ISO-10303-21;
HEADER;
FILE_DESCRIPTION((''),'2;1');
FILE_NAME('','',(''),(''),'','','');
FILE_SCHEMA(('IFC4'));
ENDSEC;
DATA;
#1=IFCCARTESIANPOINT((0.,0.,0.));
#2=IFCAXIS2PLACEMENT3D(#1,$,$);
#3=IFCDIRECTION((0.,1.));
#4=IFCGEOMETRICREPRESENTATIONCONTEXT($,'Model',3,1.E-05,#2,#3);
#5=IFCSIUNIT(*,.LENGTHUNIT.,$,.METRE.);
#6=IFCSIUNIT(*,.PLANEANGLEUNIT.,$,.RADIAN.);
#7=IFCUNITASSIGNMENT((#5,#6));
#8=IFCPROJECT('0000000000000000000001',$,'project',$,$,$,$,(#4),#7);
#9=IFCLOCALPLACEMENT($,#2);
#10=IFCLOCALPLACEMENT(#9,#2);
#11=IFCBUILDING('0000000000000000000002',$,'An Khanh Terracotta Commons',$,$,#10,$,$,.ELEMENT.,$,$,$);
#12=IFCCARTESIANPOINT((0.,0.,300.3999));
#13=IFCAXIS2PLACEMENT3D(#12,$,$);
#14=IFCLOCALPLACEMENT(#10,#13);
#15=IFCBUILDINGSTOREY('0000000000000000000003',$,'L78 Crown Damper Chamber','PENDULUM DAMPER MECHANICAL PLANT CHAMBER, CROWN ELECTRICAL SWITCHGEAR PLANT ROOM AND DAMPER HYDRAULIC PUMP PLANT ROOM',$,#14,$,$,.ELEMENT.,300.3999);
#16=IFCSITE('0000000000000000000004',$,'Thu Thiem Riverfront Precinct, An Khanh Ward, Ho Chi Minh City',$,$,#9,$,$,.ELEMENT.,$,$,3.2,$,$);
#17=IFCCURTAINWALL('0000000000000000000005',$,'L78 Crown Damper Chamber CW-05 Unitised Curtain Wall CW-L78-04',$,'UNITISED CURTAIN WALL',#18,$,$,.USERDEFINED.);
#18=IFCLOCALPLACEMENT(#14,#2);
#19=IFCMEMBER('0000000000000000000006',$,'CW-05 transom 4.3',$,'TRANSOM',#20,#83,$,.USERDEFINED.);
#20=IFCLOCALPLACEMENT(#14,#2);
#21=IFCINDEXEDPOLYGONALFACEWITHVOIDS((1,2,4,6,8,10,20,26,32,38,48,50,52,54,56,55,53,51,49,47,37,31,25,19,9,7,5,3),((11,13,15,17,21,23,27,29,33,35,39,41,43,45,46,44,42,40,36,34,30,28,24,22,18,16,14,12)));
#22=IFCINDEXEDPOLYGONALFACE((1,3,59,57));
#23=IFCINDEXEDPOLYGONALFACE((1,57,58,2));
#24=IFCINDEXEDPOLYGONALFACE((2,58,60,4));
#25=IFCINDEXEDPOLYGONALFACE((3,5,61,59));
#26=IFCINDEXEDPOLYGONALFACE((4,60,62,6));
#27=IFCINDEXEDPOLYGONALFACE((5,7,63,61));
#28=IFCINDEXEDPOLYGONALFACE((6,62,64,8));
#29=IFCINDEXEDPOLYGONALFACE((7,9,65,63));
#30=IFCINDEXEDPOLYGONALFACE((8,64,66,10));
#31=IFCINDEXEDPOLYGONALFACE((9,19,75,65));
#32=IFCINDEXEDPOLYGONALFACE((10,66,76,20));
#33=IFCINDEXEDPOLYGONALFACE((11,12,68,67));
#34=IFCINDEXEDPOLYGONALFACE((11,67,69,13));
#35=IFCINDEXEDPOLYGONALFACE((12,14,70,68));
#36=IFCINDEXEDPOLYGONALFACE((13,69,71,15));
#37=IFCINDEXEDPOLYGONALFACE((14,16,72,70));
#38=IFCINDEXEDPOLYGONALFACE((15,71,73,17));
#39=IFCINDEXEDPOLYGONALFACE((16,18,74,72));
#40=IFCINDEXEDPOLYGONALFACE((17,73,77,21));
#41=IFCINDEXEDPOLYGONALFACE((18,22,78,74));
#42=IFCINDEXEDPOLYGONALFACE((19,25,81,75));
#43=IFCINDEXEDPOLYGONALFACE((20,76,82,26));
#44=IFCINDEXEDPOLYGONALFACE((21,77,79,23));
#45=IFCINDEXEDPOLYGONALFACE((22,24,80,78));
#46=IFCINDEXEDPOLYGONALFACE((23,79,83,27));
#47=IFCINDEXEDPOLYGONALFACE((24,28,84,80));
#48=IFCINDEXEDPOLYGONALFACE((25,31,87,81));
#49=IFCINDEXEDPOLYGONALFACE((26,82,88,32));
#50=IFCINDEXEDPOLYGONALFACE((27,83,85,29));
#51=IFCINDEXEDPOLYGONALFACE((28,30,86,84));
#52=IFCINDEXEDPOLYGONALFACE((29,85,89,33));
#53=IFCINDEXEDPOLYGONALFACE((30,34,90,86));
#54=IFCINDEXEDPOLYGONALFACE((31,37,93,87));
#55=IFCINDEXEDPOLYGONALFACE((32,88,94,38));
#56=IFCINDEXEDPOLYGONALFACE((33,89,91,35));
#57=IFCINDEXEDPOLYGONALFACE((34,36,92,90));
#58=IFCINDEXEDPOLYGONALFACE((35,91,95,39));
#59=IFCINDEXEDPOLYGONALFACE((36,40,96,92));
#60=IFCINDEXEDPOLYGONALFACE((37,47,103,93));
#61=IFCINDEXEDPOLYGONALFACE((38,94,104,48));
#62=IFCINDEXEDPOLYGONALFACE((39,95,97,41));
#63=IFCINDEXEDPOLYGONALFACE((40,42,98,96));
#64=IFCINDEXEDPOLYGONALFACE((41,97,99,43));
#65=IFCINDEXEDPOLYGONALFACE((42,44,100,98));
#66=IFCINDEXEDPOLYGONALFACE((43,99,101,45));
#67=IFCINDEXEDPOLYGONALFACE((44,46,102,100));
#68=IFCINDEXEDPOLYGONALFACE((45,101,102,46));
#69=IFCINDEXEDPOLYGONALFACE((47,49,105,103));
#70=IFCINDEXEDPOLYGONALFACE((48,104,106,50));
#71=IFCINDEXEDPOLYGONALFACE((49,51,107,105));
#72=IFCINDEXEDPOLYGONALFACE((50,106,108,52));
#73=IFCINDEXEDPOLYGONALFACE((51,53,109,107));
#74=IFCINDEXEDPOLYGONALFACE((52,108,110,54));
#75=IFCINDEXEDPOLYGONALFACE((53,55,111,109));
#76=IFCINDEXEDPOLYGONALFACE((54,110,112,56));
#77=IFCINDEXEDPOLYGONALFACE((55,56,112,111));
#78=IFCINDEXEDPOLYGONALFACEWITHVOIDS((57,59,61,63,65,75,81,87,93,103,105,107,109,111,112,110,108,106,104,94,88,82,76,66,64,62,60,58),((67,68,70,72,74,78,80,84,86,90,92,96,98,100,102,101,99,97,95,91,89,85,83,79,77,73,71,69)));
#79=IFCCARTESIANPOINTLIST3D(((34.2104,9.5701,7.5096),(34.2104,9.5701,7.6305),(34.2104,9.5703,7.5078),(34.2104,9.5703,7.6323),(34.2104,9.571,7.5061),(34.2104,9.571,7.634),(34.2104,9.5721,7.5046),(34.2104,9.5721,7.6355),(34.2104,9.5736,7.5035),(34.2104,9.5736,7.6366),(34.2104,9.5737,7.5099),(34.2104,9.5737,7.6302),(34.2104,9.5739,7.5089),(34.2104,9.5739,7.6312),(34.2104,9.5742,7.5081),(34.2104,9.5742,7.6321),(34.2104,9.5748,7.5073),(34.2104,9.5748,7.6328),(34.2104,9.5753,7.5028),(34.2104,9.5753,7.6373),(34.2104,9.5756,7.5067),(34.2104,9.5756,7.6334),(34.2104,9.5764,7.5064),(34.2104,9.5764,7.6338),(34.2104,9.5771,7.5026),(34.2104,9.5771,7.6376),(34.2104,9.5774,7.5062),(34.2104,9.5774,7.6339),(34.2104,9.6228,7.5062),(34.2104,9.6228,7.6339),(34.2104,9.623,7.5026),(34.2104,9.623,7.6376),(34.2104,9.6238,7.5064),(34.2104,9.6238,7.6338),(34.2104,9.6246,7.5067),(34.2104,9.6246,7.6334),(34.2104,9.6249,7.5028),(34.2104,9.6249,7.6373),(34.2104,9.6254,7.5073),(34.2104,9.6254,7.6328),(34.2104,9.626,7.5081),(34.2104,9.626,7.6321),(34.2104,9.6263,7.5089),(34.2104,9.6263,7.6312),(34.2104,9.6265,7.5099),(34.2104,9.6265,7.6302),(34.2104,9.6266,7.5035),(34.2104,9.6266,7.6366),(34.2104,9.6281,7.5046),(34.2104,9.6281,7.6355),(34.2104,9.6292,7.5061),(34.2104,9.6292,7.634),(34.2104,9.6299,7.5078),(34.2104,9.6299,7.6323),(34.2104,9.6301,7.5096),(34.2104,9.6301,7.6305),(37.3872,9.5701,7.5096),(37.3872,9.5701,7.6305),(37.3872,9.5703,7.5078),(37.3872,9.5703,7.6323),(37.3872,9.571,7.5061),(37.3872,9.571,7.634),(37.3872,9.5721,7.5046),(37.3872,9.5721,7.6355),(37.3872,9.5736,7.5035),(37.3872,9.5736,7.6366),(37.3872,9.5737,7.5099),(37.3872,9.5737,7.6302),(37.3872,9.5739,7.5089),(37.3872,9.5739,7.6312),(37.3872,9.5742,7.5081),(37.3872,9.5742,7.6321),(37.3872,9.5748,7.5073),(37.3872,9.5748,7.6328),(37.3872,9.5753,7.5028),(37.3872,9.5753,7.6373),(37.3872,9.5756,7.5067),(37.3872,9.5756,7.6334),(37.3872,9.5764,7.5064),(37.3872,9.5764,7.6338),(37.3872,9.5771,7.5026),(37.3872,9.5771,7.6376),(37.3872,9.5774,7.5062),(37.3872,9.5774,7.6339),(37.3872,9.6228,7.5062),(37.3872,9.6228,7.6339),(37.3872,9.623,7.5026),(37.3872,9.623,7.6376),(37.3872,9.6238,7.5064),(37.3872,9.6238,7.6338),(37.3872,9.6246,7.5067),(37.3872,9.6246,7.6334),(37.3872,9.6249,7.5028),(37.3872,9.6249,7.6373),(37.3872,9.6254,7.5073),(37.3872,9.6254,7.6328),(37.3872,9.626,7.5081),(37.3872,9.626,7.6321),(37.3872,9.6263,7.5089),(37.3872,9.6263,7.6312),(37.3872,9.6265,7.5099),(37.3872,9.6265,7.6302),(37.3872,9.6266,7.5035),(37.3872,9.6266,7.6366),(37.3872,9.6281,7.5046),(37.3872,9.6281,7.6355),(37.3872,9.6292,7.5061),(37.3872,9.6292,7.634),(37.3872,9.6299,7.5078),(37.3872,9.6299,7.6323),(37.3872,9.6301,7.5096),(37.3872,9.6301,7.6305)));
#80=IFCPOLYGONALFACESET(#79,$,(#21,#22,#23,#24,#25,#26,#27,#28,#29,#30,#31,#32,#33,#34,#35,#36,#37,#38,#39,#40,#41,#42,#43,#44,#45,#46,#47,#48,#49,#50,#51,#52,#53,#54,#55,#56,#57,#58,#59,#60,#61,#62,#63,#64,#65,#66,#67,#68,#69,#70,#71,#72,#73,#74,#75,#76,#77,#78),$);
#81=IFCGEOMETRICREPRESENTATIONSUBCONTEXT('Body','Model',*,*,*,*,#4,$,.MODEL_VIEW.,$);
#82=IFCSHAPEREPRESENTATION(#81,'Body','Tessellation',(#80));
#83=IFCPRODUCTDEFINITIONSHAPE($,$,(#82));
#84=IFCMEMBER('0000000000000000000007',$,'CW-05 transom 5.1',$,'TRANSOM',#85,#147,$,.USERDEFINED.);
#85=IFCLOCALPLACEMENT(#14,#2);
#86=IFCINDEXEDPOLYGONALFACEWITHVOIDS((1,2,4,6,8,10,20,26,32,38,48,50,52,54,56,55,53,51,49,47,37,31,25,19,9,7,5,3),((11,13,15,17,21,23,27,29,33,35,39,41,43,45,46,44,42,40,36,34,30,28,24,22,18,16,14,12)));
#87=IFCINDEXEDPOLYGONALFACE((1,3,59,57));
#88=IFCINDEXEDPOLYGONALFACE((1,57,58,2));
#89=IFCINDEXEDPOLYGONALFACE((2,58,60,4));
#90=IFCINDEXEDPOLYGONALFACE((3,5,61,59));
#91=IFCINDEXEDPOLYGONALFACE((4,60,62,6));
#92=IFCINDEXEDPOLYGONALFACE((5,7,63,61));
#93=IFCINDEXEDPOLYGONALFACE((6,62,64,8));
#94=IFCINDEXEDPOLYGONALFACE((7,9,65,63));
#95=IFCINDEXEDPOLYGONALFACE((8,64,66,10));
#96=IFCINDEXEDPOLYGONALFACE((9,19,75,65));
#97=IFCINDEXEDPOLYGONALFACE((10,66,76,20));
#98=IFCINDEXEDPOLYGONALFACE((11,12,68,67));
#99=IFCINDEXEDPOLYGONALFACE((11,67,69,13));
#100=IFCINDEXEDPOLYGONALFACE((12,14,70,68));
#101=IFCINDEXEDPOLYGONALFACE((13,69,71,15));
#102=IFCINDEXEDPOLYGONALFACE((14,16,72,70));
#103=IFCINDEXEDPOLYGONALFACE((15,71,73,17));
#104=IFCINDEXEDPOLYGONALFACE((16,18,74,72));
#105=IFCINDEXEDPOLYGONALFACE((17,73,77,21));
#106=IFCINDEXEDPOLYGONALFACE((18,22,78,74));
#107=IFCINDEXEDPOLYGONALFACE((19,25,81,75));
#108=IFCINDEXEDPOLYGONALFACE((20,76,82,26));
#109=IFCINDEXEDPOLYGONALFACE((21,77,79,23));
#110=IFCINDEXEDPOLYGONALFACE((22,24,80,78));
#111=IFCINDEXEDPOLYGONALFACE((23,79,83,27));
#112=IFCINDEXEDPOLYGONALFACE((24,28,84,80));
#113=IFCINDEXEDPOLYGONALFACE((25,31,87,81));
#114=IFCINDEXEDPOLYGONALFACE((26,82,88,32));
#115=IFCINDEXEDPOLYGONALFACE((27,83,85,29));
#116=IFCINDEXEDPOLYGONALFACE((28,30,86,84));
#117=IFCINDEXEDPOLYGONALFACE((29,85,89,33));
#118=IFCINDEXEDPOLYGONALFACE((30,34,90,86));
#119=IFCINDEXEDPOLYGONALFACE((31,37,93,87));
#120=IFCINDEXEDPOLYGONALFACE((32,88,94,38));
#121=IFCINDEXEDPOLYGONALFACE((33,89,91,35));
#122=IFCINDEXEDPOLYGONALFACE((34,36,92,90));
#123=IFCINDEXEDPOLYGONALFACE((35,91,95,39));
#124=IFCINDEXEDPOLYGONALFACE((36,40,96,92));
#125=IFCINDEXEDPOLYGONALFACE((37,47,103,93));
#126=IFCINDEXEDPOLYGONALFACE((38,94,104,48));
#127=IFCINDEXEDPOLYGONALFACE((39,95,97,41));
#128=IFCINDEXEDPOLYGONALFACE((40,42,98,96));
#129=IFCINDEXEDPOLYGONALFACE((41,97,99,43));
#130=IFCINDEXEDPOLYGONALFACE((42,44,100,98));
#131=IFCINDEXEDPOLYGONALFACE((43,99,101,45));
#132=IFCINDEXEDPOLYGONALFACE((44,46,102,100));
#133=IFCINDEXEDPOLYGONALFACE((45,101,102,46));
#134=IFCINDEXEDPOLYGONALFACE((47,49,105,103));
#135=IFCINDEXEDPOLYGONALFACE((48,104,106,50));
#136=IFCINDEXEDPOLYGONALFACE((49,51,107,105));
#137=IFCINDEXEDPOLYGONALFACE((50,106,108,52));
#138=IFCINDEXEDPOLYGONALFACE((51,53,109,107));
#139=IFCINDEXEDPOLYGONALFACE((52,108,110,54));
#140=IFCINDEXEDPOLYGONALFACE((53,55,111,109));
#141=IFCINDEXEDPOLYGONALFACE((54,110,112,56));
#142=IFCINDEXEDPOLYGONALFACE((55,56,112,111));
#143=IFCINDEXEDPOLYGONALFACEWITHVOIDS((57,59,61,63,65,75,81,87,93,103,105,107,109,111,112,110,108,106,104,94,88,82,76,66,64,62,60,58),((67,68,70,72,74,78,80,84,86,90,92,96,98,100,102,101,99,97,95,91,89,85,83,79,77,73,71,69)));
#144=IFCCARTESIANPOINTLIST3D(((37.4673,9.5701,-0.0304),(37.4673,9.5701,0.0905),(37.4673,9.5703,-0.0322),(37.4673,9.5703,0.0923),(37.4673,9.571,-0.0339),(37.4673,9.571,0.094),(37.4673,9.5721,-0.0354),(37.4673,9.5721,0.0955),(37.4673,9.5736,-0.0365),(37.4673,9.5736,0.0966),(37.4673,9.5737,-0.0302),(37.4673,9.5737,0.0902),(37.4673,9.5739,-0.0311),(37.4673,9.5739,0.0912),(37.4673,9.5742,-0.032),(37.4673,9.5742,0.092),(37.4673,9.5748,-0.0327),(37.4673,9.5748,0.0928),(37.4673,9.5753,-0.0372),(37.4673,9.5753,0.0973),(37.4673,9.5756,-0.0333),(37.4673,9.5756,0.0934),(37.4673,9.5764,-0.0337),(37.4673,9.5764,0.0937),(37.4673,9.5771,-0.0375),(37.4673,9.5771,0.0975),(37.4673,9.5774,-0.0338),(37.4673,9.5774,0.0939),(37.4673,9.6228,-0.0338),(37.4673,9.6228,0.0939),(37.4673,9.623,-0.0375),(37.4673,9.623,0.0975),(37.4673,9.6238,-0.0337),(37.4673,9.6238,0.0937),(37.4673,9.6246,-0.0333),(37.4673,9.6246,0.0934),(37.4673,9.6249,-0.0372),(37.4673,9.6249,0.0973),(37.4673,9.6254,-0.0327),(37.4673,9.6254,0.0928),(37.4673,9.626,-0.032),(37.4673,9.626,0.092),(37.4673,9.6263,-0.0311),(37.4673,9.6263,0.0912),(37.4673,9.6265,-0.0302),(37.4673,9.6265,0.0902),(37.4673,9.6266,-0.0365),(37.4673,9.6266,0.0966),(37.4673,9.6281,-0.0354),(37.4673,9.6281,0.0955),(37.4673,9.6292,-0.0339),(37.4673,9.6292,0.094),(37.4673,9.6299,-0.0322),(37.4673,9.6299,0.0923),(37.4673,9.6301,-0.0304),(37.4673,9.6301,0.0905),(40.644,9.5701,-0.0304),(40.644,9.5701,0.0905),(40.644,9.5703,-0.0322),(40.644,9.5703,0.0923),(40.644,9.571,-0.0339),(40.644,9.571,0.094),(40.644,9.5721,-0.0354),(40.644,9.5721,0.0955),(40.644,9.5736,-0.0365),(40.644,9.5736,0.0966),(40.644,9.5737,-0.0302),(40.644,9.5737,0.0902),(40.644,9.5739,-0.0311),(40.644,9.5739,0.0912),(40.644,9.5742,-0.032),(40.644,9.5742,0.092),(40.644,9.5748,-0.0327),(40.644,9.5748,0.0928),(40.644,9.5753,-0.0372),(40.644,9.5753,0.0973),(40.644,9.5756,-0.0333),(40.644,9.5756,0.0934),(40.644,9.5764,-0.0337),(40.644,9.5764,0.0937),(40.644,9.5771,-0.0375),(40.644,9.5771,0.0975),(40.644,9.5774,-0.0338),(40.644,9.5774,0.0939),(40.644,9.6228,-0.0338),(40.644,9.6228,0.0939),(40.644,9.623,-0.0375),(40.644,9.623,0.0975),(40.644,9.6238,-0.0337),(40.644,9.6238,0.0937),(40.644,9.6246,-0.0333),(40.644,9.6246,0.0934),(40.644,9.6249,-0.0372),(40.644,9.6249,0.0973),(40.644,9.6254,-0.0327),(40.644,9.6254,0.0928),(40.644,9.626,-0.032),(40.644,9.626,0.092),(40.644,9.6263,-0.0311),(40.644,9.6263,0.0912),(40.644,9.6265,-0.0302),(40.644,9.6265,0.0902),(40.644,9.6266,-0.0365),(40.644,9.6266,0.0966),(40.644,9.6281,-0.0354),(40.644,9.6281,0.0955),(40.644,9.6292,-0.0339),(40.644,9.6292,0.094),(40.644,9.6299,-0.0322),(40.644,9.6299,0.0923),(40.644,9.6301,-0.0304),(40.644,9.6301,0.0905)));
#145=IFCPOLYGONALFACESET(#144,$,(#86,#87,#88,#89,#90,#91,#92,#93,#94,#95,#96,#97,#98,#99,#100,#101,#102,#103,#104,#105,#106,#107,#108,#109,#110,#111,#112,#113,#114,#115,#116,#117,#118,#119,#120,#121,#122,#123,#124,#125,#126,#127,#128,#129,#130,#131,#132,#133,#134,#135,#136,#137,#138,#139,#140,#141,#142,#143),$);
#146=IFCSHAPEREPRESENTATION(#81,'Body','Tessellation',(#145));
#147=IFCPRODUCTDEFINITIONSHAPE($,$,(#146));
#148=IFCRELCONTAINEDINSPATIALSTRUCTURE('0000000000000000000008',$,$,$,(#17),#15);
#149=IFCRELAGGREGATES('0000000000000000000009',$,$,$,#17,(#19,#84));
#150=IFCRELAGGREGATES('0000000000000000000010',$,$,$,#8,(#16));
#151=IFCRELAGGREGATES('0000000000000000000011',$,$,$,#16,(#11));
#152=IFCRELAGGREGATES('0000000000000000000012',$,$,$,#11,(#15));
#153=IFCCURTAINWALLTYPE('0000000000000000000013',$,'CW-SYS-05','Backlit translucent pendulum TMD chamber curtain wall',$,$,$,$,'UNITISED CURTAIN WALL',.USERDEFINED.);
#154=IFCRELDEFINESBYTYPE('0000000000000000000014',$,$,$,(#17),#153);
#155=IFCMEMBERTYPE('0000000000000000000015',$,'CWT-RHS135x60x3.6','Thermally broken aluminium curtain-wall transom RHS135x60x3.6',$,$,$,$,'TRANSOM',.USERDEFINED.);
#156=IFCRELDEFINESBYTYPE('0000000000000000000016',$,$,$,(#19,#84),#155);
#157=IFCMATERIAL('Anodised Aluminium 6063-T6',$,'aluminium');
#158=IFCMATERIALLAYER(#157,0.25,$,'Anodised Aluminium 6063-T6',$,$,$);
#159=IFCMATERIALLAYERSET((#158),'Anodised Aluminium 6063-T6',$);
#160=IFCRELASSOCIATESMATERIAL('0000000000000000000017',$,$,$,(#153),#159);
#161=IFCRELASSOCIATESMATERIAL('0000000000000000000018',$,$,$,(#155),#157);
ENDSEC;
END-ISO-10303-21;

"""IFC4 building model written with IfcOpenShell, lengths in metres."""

from ifc_helpers import new_model, si_unit, direction, frame, origin, origin_2d, place, context, subcontext, project, spatial, hollow_rectangle, extrude, material, layer, layer_set, material_profile, profile_set, type_object, element, aggregate, save


model = new_model("IFC4")

# Units and contexts
model_context = context("Model", 3, precision=1e-05, world=origin(), true_north=direction((0.0, 1.0)))
body_context = subcontext(model_context, "Body", "Model", "MODEL_VIEW")
ifc_project = project(units=[si_unit("LENGTHUNIT", "METRE"), si_unit("PLANEANGLEUNIT", "RADIAN")], contexts=[model_context])

# Site, building, storey
site_placement = place(None, origin())
site = spatial("IfcSite", under=ifc_project, at=site_placement, Name="Thu Thiem Riverfront Precinct, An Khanh Ward, Ho Chi Minh City", CompositionType="ELEMENT", RefElevation=3.2)
building_placement = place(site_placement, origin())
building = spatial("IfcBuilding", under=site, at=building_placement, Name="An Khanh Terracotta Commons", CompositionType="ELEMENT")
storey_placement = place(building_placement, frame((0.0, 0.0, 300.3999)))
storey = spatial("IfcBuildingStorey", under=building, at=storey_placement, Name="L78 Crown Damper Chamber", Description="PENDULUM DAMPER MECHANICAL PLANT CHAMBER, CROWN ELECTRICAL SWITCHGEAR PLANT ROOM AND DAMPER HYDRAULIC PUMP PLANT ROOM", CompositionType="ELEMENT", Elevation=300.3999)

# Curtain wall, members
ifc_material_1 = material(Name="Anodised Aluminium 6063-T6", Category="aluminium")
ifc_layer_1 = layer(ifc_material_1, 0.25, Name="Anodised Aluminium 6063-T6")
ifc_layer_set_1 = layer_set([ifc_layer_1], Name="Anodised Aluminium 6063-T6")
curtain_wall_type = type_object("IfcCurtainWallType", Name="CW-SYS-05", Description="Backlit translucent pendulum TMD chamber curtain wall", ElementType="UNITISED CURTAIN WALL", PredefinedType="USERDEFINED", material=ifc_layer_set_1)
curtain_wall_placement = place(storey_placement, origin())
curtain_wall = element("IfcCurtainWall", 1, at=curtain_wall_placement, inside=storey, type_object=curtain_wall_type, Name="L78 Crown Damper Chamber CW-05 Unitised Curtain Wall CW-L78-04", ObjectType="UNITISED CURTAIN WALL", PredefinedType="USERDEFINED")
ifc_material_profile_1 = material_profile(ifc_material_1, hollow_rectangle(XDim=0.0601, YDim=0.135, WallThickness=0.0037, InnerFilletRadius=0.0037, OuterFilletRadius=0.0071, at=origin_2d()), Name="RHS135x60x3.6")
ifc_profile_set_1 = profile_set([ifc_material_profile_1], Name="Anodised Aluminium 6063-T6")
member_type_1 = type_object("IfcMemberType", Name="CWT-RHS135x60x3.6", Description="Thermally broken aluminium curtain-wall transom RHS135x60x3.6", ElementType="TRANSOM", PredefinedType="USERDEFINED", material=ifc_profile_set_1)
member_1_placement = place(storey_placement, frame((34.2104, 9.6001, 7.5701), z_axis=(1.0, 0.0, 0.0), x_axis=(0.0, 1.0, 0.0)))
member_1 = element("IfcMember", 2, at=member_1_placement, type_object=member_type_1, Name="CW-05 transom 4.3", ObjectType="TRANSOM", PredefinedType="USERDEFINED", context=body_context, shape_type="SweptSolid", body=[
    extrude(hollow_rectangle(XDim=0.0601, YDim=0.135, WallThickness=0.0037, InnerFilletRadius=0.0037, OuterFilletRadius=0.0071, at=origin_2d()), origin(), (0.0, 0.0, 1.0), 3.1768),
])
member_2_placement = place(storey_placement, frame((37.4673, 9.6001, 0.03), z_axis=(1.0, 0.0, 0.0), x_axis=(0.0, 1.0, 0.0)))
member_2 = element("IfcMember", 3, at=member_2_placement, type_object=member_type_1, Name="CW-05 transom 5.1", ObjectType="TRANSOM", PredefinedType="USERDEFINED", context=body_context, shape_type="SweptSolid", body=[
    extrude(hollow_rectangle(XDim=0.0601, YDim=0.135, WallThickness=0.0037, InnerFilletRadius=0.0037, OuterFilletRadius=0.0071, at=origin_2d()), origin(), (0.0, 0.0, 1.0), 3.1768),
])
aggregate(curtain_wall, [member_1, member_2])

save(model, "model.ifc")
